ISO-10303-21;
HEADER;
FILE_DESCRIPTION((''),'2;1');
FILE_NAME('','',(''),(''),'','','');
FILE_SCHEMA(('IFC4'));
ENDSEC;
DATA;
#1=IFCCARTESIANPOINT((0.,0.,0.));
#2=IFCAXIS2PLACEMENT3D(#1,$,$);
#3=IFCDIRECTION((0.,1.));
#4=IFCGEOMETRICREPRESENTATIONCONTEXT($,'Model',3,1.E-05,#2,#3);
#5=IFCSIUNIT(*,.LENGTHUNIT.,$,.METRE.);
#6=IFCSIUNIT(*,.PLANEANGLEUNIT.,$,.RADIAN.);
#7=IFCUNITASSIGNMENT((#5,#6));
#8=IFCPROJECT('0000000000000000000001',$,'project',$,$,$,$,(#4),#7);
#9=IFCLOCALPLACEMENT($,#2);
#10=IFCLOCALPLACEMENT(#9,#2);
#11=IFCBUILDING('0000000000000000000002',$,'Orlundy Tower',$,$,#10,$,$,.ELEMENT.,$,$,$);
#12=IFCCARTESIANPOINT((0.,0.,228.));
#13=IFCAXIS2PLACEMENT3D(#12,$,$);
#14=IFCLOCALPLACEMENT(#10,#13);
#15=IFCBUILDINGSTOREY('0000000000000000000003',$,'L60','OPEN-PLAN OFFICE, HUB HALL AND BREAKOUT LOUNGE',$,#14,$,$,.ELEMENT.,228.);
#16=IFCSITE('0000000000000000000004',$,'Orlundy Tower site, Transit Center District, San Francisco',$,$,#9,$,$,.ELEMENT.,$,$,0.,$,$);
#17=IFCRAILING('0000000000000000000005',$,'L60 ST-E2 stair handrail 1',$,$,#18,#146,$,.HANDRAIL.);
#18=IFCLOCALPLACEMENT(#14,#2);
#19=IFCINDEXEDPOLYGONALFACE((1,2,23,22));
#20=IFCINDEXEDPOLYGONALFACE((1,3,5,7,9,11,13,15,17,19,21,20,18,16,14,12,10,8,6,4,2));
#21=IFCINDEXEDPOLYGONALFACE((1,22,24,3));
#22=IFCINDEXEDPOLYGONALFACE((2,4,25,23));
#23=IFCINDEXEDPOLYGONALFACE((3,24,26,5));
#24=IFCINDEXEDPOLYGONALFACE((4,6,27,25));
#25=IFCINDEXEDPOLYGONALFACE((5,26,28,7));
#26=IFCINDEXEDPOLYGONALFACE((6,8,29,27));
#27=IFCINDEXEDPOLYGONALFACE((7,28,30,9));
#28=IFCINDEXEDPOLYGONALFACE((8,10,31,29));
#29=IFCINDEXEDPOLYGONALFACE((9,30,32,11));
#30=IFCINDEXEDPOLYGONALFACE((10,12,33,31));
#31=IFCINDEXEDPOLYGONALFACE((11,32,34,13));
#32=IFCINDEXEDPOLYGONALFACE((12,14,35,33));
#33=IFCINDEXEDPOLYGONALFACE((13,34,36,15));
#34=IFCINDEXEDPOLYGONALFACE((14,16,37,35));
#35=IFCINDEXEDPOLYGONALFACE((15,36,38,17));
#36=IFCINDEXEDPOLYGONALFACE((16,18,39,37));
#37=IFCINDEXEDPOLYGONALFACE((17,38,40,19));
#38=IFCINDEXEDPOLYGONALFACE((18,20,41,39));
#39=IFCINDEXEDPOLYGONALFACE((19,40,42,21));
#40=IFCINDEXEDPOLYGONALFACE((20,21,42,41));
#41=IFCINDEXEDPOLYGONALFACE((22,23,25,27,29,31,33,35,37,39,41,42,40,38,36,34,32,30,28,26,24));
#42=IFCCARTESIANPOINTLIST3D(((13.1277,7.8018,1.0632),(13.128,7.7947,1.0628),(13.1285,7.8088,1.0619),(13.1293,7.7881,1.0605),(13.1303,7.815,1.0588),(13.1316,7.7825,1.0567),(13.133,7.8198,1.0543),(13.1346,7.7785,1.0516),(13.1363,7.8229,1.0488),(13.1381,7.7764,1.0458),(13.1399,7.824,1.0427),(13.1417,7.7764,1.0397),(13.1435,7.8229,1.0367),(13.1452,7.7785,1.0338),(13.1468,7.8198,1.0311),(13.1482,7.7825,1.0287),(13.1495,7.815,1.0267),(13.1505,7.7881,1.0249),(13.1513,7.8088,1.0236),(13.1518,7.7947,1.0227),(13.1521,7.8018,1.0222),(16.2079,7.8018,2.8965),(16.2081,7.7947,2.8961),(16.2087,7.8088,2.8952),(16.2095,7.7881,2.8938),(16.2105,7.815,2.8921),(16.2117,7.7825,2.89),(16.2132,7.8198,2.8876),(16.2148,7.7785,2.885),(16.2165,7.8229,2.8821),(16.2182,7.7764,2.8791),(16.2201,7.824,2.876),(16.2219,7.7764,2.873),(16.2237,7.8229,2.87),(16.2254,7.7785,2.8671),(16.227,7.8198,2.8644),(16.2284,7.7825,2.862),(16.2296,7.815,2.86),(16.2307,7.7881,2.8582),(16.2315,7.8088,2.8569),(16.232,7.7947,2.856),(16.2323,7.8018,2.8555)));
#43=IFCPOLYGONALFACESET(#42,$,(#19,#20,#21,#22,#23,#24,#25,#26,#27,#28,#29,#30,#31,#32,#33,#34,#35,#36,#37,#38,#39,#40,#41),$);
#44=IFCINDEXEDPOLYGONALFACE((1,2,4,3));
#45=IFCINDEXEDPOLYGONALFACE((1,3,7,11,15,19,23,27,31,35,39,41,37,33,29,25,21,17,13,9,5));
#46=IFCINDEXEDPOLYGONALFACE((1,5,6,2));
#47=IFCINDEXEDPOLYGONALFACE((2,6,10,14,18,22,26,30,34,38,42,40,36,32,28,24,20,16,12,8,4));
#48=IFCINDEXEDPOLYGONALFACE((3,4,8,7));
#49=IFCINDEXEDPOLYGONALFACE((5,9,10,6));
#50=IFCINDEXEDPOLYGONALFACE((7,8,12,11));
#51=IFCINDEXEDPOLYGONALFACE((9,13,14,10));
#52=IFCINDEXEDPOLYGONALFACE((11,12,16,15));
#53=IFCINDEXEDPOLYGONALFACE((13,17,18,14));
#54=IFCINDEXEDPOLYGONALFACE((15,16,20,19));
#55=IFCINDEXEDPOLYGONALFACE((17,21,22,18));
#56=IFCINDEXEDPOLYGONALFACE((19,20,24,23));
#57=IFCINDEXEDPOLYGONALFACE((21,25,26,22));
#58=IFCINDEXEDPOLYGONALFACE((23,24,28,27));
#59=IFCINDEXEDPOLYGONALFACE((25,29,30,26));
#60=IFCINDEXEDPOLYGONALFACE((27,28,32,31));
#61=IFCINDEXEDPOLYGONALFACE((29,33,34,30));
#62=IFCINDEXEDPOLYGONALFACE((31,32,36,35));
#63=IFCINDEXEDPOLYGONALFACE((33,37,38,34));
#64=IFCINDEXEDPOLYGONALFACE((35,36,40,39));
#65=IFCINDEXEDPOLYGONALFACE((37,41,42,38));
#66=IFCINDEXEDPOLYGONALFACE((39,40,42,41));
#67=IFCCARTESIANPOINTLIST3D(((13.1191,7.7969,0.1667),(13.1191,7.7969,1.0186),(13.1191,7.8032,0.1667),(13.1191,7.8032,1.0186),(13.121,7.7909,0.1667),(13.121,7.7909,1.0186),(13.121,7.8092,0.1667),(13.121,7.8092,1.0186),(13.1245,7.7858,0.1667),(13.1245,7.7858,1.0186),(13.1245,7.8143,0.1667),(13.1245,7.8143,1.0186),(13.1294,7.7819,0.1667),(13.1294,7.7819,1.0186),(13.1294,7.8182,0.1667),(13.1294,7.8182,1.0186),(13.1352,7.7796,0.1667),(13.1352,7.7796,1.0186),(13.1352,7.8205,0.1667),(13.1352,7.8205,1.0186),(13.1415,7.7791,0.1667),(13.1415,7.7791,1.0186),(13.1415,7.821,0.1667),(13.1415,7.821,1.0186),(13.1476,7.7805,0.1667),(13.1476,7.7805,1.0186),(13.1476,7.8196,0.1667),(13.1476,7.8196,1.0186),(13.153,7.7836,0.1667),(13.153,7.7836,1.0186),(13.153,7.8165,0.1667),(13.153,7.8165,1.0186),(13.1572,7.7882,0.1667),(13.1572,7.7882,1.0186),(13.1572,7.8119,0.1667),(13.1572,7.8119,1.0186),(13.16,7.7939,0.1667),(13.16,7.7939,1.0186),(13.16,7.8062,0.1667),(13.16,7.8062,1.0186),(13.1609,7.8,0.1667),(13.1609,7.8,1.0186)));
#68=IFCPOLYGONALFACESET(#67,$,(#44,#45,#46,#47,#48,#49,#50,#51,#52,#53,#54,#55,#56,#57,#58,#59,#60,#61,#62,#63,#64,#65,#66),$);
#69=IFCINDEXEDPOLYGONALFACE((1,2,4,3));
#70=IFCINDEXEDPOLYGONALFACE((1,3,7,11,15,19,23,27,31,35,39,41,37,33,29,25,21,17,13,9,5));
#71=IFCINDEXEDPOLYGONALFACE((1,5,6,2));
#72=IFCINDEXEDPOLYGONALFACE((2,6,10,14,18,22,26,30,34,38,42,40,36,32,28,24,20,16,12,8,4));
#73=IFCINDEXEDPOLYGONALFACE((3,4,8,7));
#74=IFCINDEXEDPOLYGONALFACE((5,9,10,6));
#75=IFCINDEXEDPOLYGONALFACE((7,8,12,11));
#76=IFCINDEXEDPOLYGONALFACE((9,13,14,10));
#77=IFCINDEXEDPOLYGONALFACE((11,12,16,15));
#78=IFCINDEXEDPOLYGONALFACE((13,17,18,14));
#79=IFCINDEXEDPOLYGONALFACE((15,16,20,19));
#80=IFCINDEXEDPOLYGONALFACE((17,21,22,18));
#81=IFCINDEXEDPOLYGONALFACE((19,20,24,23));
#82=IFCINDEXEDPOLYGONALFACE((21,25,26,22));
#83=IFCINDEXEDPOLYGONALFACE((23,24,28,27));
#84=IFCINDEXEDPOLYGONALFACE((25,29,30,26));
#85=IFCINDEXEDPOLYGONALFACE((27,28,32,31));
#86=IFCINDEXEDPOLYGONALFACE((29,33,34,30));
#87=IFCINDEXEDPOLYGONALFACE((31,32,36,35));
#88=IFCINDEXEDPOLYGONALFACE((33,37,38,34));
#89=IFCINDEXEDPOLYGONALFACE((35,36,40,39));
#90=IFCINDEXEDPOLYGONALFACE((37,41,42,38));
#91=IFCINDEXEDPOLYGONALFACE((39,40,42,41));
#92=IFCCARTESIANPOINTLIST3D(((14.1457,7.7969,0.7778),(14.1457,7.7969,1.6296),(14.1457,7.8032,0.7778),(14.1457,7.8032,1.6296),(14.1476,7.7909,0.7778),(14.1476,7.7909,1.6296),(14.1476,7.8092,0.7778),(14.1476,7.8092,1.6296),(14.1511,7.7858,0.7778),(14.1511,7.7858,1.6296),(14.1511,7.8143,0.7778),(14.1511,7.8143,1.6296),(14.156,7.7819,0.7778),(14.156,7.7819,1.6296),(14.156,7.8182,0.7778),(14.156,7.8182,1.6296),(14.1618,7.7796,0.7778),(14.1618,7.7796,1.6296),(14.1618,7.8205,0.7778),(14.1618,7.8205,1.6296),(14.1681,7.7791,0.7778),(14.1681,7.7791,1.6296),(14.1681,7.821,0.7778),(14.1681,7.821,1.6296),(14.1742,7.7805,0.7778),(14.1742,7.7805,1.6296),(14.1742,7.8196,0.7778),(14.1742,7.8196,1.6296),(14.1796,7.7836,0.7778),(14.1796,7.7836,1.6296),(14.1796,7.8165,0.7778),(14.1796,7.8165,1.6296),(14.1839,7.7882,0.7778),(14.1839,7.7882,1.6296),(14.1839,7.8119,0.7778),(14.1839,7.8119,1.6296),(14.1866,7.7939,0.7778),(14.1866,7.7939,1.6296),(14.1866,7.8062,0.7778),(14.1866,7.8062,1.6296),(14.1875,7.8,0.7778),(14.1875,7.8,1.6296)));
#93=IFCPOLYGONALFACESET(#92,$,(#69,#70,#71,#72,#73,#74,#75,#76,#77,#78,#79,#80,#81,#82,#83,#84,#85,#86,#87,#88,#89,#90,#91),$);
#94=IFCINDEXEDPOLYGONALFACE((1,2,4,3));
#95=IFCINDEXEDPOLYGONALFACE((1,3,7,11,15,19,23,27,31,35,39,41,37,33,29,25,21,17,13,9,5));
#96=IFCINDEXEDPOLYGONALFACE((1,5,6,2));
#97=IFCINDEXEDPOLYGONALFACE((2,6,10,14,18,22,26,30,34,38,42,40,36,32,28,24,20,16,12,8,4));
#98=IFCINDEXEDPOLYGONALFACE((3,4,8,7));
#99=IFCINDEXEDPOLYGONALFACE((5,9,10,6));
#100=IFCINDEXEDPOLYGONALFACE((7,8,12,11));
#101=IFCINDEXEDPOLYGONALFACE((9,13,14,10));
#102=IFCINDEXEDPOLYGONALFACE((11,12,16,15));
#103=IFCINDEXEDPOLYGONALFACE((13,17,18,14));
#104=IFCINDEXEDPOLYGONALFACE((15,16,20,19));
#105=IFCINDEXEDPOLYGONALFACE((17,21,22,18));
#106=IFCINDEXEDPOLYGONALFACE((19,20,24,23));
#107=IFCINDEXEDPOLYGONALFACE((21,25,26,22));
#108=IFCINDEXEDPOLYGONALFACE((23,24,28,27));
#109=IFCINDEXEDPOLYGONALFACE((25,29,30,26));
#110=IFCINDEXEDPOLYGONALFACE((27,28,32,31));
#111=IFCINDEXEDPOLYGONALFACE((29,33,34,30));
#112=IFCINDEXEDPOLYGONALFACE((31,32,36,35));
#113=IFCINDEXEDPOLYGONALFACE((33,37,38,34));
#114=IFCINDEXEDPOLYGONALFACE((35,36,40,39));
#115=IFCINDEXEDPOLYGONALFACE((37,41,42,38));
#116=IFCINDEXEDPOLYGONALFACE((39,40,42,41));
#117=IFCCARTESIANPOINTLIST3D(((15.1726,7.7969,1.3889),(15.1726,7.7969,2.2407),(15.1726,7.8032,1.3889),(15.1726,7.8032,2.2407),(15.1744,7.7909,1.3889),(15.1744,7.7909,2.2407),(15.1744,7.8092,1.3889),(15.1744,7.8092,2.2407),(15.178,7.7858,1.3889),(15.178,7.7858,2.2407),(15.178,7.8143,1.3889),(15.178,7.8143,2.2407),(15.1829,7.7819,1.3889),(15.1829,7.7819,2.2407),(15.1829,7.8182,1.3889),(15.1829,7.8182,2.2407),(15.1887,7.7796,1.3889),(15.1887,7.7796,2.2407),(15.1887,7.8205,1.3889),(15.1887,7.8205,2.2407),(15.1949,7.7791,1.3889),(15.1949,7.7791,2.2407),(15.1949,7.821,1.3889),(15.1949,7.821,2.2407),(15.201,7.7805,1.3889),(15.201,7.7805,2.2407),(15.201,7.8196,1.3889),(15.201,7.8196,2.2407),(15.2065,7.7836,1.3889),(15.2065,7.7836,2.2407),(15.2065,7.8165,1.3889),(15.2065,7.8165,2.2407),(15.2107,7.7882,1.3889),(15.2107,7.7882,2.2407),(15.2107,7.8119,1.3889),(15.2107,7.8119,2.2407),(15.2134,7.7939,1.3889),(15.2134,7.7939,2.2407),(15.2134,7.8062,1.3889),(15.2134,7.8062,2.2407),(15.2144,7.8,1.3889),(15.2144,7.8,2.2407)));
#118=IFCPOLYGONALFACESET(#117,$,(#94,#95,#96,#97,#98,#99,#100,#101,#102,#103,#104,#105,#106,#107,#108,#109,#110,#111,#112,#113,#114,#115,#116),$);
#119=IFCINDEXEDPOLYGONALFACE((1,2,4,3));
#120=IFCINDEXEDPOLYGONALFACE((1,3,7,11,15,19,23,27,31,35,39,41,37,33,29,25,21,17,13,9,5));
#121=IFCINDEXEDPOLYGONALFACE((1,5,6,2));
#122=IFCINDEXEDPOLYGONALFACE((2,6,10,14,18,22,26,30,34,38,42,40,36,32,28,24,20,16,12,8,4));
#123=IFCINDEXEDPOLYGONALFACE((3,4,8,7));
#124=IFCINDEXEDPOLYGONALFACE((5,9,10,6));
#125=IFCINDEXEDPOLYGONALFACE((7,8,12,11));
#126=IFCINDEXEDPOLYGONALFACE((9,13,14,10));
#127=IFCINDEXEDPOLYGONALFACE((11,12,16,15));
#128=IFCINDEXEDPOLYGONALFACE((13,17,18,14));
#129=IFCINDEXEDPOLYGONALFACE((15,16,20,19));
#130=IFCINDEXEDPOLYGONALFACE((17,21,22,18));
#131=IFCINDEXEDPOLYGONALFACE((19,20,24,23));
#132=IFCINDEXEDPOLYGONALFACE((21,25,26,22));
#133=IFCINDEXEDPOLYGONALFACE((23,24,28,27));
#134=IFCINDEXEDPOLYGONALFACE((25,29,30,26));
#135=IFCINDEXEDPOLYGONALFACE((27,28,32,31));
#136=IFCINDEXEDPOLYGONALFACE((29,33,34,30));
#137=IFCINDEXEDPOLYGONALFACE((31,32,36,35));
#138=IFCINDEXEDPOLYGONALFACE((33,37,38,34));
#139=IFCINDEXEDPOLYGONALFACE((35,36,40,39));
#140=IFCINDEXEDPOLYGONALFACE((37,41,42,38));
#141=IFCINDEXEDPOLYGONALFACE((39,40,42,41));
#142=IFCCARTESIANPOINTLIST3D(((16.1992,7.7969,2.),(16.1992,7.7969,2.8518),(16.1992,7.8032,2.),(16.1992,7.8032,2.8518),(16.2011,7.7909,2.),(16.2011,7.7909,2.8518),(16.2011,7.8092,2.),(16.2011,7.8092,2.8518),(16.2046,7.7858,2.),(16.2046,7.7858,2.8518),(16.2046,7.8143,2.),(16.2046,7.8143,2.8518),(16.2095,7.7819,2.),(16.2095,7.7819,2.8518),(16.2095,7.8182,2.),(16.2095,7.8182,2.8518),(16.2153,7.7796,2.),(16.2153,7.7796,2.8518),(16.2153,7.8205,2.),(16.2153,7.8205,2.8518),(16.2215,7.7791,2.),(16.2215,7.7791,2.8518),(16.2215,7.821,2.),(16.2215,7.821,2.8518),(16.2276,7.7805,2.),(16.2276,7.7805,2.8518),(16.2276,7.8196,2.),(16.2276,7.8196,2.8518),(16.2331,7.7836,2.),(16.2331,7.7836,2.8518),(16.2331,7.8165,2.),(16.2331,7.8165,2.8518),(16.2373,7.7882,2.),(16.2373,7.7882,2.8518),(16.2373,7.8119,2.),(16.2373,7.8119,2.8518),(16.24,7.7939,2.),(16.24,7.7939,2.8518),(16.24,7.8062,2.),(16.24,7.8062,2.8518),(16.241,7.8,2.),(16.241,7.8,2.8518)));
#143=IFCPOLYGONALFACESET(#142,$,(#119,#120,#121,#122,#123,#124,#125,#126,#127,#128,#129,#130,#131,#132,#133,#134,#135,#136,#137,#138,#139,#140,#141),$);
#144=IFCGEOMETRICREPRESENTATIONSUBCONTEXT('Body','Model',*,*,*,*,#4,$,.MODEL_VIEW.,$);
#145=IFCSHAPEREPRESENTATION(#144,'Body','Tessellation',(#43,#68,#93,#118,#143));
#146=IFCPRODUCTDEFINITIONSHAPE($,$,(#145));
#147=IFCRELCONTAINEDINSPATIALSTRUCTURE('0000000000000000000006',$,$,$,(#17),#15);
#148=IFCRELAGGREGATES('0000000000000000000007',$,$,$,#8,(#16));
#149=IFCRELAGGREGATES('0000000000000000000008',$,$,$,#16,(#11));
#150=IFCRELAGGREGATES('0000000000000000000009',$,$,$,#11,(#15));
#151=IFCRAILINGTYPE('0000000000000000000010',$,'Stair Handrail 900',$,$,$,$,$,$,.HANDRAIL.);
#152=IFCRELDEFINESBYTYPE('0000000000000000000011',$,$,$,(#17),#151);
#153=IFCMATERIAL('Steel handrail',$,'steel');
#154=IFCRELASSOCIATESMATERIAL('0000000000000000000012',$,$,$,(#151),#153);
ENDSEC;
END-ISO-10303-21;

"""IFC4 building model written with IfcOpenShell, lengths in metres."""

from ifc_helpers import new_model, si_unit, direction, frame, origin, origin_2d, place, context, subcontext, project, spatial, circle, extrude, material, type_object, element, save


model = new_model("IFC4")

# Units and contexts
model_context = context("Model", 3, precision=1e-05, world=origin(), true_north=direction((0.0, 1.0)))
body_context = subcontext(model_context, "Body", "Model", "MODEL_VIEW")
ifc_project = project(units=[si_unit("LENGTHUNIT", "METRE"), si_unit("PLANEANGLEUNIT", "RADIAN")], contexts=[model_context])

# Site, building, storey
site_placement = place(None, origin())
site = spatial("IfcSite", under=ifc_project, at=site_placement, Name="Orlundy Tower site, Transit Center District, San Francisco", CompositionType="ELEMENT", RefElevation=0.0)
building_placement = place(site_placement, origin())
building = spatial("IfcBuilding", under=site, at=building_placement, Name="Orlundy Tower", CompositionType="ELEMENT")
storey_placement = place(building_placement, frame((0.0, 0.0, 228.0)))
storey = spatial("IfcBuildingStorey", under=building, at=storey_placement, Name="L60", Description="OPEN-PLAN OFFICE, HUB HALL AND BREAKOUT LOUNGE", CompositionType="ELEMENT", Elevation=228.0)

# Railing
ifc_material_1 = material(Name="Steel handrail", Category="steel")
railing_type_1 = type_object("IfcRailingType", Name="Stair Handrail 900", PredefinedType="HANDRAIL", material=ifc_material_1)
railing_1_placement = place(storey_placement, frame((13.1399, 7.8, 0.1667)))
element("IfcRailing", 1, at=railing_1_placement, inside=storey, type_object=railing_type_1, Name="L60 ST-E2 stair handrail 1", PredefinedType="HANDRAIL", context=body_context, shape_type="SweptSolid", body=[
    extrude(circle(Radius=0.0239, at=origin_2d()), frame((0.0, 0.0, 0.876), z_axis=(0.859309, 0.0, 0.511458), x_axis=(0.0, 1.0, 0.0)), (0.0, 0.0, 1.0), 3.5845),
    extrude(circle(Radius=0.021, at=origin_2d()), origin(), (0.0, 0.0, 1.0), 0.8518),
    extrude(circle(Radius=0.021, at=origin_2d()), frame((1.0266, 0.0, 0.6111)), (0.0, 0.0, 1.0), 0.8518),
    extrude(circle(Radius=0.021, at=origin_2d()), frame((2.0535, 0.0, 1.2222)), (0.0, 0.0, 1.0), 0.8518),
    extrude(circle(Radius=0.021, at=origin_2d()), frame((3.0801, 0.0, 1.8333)), (0.0, 0.0, 1.0), 0.8518),
])

save(model, "model.ifc")
